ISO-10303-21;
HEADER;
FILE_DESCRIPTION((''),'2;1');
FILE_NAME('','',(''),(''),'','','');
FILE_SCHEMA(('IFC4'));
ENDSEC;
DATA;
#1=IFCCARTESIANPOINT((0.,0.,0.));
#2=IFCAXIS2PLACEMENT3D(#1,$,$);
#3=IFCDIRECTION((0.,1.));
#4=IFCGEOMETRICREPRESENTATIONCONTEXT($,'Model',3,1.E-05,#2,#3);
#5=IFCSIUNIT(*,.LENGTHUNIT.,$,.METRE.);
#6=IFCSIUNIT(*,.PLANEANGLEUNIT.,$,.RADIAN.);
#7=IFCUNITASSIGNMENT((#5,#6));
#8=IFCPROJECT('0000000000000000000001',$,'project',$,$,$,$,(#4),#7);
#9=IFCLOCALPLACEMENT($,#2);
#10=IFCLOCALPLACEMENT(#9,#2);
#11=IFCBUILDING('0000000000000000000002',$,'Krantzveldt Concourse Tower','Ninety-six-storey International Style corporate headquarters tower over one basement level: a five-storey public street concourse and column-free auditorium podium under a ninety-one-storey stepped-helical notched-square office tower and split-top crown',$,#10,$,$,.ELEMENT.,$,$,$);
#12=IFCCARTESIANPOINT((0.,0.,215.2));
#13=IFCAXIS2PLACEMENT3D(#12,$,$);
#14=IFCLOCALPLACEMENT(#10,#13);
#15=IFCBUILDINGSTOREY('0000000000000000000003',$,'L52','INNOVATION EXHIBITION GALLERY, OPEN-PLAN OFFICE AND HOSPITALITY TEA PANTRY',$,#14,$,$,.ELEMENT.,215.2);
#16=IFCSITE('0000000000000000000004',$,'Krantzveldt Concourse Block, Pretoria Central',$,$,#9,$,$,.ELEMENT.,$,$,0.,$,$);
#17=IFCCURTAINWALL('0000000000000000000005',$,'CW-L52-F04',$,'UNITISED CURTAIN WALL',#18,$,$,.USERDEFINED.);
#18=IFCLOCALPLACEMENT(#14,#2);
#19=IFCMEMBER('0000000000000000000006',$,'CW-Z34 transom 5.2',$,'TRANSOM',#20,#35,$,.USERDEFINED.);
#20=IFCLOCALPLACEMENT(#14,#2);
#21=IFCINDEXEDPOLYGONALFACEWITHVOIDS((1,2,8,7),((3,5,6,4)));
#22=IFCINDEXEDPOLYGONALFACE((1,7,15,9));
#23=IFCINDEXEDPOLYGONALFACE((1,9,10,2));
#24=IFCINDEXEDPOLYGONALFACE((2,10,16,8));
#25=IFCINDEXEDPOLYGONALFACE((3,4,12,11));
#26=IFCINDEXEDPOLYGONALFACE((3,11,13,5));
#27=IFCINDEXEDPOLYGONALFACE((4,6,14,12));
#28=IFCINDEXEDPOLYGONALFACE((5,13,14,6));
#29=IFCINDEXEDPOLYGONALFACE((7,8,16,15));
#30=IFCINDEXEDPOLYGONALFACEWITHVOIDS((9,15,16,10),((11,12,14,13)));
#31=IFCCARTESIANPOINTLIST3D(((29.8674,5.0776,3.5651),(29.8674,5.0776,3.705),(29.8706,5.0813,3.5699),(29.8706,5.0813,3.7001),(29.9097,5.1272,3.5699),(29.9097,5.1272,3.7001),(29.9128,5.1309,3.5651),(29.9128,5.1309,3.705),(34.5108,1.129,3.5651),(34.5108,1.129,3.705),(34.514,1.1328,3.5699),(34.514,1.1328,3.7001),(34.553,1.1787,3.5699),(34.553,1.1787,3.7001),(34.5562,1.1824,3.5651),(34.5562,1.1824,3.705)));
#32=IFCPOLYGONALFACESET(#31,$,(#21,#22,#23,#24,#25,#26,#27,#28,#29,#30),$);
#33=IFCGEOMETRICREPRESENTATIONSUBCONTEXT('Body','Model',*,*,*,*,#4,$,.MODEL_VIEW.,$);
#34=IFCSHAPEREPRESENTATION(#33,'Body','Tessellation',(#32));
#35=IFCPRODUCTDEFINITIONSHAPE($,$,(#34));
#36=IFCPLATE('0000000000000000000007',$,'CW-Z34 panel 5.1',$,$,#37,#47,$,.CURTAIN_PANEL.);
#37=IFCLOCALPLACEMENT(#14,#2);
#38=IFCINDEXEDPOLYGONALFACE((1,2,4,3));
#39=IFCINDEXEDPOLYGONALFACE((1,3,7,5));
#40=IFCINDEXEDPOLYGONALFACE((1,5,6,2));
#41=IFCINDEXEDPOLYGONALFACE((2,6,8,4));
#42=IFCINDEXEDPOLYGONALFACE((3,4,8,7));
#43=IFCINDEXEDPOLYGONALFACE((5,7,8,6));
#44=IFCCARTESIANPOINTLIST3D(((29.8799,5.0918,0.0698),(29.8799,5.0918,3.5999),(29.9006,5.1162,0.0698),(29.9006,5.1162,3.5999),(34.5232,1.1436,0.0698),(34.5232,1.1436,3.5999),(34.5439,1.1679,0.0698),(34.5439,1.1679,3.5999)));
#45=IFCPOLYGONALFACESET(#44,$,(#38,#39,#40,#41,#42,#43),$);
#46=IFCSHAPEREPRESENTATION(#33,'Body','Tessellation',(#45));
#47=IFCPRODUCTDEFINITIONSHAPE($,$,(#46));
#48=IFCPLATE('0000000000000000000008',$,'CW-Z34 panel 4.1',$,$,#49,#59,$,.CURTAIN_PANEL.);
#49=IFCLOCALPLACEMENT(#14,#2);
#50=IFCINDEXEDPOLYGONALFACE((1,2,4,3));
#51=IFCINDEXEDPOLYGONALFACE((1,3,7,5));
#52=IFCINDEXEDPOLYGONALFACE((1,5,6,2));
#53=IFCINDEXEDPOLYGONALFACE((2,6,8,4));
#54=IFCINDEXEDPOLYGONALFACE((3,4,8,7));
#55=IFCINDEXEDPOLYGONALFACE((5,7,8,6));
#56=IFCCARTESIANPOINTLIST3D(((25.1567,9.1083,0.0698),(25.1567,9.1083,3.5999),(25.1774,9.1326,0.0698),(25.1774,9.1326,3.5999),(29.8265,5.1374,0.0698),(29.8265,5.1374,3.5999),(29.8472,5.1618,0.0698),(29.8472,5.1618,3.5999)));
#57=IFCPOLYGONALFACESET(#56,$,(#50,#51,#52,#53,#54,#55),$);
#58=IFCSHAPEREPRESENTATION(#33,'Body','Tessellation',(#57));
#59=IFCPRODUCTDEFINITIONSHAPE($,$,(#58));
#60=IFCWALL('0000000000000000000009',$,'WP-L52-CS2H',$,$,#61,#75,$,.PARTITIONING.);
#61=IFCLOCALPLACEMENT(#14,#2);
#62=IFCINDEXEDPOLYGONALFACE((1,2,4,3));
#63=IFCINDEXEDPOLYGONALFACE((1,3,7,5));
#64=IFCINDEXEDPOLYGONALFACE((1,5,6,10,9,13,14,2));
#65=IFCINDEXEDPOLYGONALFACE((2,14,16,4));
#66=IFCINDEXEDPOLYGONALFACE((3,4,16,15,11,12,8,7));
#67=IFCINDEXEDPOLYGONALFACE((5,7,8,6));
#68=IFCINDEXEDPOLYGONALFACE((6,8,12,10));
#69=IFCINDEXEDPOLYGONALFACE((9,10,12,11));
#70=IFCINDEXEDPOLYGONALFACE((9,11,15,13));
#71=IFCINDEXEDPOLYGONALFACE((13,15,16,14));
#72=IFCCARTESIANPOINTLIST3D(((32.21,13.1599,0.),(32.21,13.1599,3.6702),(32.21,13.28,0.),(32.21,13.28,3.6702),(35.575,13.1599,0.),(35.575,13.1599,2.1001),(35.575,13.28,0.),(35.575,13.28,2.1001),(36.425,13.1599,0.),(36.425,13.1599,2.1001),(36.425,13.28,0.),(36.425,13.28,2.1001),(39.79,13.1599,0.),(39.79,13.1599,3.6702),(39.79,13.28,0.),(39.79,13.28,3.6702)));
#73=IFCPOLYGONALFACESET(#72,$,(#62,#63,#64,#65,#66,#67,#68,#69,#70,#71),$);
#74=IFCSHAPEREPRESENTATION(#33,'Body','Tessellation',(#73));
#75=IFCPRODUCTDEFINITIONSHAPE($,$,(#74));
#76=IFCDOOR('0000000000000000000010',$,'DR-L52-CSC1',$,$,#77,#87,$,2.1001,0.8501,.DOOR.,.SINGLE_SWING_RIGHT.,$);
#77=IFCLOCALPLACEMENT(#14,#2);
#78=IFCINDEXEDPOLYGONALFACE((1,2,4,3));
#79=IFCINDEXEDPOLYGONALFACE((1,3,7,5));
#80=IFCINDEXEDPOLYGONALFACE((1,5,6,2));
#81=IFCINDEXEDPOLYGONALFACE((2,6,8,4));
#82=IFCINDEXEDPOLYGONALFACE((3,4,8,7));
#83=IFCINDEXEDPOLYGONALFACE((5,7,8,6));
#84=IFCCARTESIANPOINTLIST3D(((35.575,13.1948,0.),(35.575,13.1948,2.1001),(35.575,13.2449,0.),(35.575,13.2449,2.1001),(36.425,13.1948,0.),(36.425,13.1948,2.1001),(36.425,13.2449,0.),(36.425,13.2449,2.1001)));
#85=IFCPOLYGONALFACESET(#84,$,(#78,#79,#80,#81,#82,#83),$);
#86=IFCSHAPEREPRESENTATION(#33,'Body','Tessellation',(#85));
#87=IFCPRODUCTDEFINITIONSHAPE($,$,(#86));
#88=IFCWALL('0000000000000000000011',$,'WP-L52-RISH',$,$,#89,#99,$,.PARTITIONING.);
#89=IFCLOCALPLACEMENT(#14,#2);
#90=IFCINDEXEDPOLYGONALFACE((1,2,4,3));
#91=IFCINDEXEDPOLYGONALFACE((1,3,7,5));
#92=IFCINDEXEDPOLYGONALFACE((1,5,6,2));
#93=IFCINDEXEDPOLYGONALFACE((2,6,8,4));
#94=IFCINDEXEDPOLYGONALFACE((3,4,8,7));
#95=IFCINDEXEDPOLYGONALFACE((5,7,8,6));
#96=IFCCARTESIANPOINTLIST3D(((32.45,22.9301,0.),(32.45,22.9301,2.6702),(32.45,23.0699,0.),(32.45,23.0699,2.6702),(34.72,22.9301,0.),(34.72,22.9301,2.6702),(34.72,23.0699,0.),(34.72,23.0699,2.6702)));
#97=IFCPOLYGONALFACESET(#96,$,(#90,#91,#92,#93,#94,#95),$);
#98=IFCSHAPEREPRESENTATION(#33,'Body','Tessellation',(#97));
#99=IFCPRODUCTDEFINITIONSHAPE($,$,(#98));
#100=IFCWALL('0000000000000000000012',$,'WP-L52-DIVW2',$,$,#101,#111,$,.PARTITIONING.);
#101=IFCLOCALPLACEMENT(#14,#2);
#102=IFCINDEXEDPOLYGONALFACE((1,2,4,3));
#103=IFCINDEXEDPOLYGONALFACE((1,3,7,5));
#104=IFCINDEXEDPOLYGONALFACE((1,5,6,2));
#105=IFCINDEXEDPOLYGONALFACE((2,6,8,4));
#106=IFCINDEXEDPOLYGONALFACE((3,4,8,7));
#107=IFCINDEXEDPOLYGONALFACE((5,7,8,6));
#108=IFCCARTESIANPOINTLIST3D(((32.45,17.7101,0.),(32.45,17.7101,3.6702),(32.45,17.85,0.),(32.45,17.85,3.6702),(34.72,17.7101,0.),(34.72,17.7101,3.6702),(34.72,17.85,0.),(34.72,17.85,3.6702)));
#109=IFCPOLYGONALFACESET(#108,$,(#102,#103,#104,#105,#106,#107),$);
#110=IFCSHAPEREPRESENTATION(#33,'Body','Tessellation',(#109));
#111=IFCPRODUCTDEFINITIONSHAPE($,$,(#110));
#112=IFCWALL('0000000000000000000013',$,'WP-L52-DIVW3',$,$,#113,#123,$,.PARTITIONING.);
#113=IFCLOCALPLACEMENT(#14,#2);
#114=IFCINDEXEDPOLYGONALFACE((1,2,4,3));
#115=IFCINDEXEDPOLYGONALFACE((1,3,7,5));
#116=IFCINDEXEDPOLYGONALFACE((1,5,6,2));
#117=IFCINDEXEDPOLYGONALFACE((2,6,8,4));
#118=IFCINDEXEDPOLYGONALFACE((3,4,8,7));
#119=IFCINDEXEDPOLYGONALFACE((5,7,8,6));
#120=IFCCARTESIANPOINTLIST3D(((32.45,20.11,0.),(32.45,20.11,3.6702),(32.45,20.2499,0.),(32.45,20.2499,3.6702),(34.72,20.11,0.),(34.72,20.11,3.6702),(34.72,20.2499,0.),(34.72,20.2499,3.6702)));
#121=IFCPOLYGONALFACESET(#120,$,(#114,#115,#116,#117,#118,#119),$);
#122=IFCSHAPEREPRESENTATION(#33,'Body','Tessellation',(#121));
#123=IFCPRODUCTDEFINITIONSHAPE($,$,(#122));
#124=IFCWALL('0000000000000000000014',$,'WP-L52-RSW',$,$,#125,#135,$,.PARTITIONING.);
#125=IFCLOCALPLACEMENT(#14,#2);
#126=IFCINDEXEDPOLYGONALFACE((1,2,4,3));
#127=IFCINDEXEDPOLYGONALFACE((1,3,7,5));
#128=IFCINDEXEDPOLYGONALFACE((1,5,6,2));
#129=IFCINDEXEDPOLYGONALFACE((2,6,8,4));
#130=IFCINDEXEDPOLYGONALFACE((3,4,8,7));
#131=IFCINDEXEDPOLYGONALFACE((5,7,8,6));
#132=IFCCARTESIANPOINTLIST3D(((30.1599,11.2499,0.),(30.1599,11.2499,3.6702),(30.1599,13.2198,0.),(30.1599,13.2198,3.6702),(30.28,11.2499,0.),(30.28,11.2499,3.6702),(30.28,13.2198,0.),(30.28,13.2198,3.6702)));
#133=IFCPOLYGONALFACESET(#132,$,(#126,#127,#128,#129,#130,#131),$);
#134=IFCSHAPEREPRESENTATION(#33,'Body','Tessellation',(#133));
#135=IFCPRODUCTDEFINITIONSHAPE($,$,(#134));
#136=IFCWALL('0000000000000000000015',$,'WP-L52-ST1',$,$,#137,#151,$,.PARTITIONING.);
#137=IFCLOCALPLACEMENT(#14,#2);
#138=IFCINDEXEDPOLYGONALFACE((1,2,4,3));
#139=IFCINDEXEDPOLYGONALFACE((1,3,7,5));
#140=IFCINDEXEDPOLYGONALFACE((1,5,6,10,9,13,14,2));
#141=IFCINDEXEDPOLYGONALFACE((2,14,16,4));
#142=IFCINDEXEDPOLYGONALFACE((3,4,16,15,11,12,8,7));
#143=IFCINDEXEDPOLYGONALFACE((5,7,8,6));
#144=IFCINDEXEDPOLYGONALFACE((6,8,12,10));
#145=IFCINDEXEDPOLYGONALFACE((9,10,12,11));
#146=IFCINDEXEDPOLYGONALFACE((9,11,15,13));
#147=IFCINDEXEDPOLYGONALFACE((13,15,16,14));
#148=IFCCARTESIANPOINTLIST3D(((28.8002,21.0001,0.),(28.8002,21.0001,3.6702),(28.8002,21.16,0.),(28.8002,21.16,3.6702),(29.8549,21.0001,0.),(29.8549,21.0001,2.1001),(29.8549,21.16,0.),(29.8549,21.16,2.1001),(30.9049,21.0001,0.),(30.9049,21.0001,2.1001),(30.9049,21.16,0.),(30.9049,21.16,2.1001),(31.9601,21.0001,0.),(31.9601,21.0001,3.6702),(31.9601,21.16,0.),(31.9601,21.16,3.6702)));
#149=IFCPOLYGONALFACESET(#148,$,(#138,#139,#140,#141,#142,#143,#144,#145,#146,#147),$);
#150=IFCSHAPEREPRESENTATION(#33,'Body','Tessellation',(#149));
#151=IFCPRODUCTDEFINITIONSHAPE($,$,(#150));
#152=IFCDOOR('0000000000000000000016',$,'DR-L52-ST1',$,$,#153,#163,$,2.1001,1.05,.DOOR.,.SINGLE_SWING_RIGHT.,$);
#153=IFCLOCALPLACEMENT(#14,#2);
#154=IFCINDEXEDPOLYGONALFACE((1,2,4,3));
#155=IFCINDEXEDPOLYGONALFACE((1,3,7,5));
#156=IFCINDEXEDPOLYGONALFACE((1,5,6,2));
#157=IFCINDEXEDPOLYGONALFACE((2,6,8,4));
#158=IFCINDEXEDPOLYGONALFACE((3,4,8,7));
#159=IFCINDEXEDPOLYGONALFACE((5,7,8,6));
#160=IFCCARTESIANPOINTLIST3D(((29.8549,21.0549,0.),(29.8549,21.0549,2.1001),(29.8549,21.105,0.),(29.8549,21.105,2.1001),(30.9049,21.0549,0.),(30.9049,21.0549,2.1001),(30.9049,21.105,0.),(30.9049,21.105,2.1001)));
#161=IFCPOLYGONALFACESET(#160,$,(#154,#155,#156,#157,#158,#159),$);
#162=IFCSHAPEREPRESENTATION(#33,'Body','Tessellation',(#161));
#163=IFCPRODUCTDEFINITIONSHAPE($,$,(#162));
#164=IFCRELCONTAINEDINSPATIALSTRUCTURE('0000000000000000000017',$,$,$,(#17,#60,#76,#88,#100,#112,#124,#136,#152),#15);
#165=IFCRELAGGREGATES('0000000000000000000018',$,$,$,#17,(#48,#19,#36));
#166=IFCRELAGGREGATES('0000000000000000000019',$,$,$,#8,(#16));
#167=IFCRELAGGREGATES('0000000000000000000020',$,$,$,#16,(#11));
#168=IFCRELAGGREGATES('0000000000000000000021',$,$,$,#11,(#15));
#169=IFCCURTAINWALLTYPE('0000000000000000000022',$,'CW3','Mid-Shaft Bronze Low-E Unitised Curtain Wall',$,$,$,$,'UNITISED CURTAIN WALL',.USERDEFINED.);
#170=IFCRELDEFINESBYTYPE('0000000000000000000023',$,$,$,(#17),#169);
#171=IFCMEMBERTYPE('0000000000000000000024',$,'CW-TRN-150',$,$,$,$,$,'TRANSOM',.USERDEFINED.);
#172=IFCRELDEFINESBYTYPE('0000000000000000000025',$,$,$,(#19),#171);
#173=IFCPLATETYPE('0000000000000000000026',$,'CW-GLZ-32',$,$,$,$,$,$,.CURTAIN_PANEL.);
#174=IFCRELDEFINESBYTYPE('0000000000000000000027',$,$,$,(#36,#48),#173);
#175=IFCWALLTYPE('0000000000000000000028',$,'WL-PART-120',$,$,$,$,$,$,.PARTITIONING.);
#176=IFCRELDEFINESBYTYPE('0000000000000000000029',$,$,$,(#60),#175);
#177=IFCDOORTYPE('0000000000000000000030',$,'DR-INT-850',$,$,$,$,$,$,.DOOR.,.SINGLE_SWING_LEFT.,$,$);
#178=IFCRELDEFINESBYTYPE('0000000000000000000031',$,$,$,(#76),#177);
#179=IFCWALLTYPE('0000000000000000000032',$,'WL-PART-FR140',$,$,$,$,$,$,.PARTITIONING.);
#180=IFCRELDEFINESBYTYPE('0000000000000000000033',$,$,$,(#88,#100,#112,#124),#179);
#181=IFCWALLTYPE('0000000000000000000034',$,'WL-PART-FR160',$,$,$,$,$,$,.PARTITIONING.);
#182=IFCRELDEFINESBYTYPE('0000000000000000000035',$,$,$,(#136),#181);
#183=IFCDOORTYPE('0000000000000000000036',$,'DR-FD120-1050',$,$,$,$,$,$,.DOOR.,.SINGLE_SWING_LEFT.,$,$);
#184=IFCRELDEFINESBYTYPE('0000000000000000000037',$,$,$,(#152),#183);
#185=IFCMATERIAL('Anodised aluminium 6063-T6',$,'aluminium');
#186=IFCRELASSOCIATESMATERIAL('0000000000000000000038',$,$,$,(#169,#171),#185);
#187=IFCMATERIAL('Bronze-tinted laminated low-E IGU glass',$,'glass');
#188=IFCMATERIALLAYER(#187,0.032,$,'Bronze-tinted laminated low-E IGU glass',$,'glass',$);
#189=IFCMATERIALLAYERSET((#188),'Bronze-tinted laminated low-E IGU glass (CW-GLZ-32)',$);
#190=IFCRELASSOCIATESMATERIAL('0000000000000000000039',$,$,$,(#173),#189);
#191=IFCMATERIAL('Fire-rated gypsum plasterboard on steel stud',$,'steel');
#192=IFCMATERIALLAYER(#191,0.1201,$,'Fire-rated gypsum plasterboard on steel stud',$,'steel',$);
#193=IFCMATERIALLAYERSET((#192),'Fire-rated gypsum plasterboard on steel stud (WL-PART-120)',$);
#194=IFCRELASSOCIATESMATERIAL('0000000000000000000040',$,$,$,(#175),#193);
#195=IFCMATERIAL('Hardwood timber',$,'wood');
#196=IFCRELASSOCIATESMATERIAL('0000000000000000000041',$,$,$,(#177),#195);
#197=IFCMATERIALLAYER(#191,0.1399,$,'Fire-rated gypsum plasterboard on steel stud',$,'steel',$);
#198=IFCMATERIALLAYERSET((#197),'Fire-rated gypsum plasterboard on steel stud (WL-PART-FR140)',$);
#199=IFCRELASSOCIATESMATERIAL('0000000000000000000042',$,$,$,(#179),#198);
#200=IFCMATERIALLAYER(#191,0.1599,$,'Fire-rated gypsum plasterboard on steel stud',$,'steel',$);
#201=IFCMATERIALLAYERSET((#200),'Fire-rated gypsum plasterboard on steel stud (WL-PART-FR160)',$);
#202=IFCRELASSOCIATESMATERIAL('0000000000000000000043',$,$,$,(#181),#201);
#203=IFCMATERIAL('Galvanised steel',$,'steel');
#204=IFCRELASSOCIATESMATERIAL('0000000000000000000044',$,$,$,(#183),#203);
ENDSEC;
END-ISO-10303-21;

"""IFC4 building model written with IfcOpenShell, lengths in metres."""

from ifc_helpers import new_model, si_unit, direction, frame, frame_2d, origin, origin_2d, place, context, subcontext, project, spatial, rectangle, hollow_rectangle, extrude, source, transform, mapped, material, layer, layer_set, material_profile, profile_set, type_object, type_shapes, element, fill, aggregate, save


model = new_model("IFC4")

# Units and contexts
model_context = context("Model", 3, precision=1e-05, world=origin(), true_north=direction((0.0, 1.0)))
body_context = subcontext(model_context, "Body", "Model", "MODEL_VIEW")
ifc_project = project(units=[si_unit("LENGTHUNIT", "METRE"), si_unit("PLANEANGLEUNIT", "RADIAN")], contexts=[model_context])

# Site, building, storey
site_placement = place(None, origin())
site = spatial("IfcSite", under=ifc_project, at=site_placement, Name="Krantzveldt Concourse Block, Pretoria Central", CompositionType="ELEMENT", RefElevation=0.0)
building_placement = place(site_placement, origin())
building = spatial("IfcBuilding", under=site, at=building_placement, Name="Krantzveldt Concourse Tower", Description="Ninety-six-storey International Style corporate headquarters tower over one basement level: a five-storey public street concourse and column-free auditorium podium under a ninety-one-storey stepped-helical notched-square office tower and split-top crown", CompositionType="ELEMENT")
storey_placement = place(building_placement, frame((0.0, 0.0, 215.2)))
storey = spatial("IfcBuildingStorey", under=building, at=storey_placement, Name="L52", Description="INNOVATION EXHIBITION GALLERY, OPEN-PLAN OFFICE AND HOSPITALITY TEA PANTRY", CompositionType="ELEMENT", Elevation=215.2)

# Curtain wall, member, plates
ifc_material_1 = material(Name="Anodised aluminium 6063-T6", Category="aluminium")
curtain_wall_type = type_object("IfcCurtainWallType", Name="CW3", Description="Mid-Shaft Bronze Low-E Unitised Curtain Wall", ElementType="UNITISED CURTAIN WALL", PredefinedType="USERDEFINED", material=ifc_material_1)
curtain_wall_placement = place(storey_placement, origin())
curtain_wall = element("IfcCurtainWall", 1, at=curtain_wall_placement, inside=storey, type_object=curtain_wall_type, Name="CW-L52-F04", ObjectType="UNITISED CURTAIN WALL", PredefinedType="USERDEFINED")
ifc_material_profile_1 = material_profile(ifc_material_1, hollow_rectangle(XDim=0.0701, YDim=0.1399, WallThickness=0.0049, at=origin_2d()), Name="Anodised aluminium 6063-T6", Category="aluminium")
ifc_profile_set_1 = profile_set([ifc_material_profile_1], Name="Anodised aluminium 6063-T6 - ALU-TRAN 140x70x5")
member_type_1 = type_object("IfcMemberType", Name="CW-TRN-150", ElementType="TRANSOM", PredefinedType="USERDEFINED", material=ifc_profile_set_1)
shared_shape_1 = source(origin(), body_context, "Body", "SweptSolid", [
    extrude(hollow_rectangle(XDim=0.0701, YDim=0.1399, WallThickness=0.0049, at=origin_2d()), origin(), (0.0, 0.0, 1.0), 6.0952),
])
type_shapes(member_type_1, [shared_shape_1])
member_1_placement = place(storey_placement, frame((29.8901, 5.1042, 3.635), z_axis=(0.761804, -0.647808, 0.0), x_axis=(0.647808, 0.761804, 0.0)))
member_1 = element("IfcMember", 2, at=member_1_placement, type_object=member_type_1, Name="CW-Z34 transom 5.2", ObjectType="TRANSOM", PredefinedType="USERDEFINED", context=body_context, shape_type="MappedRepresentation", body=[
    mapped(shared_shape_1, transform((0.0, 0.0, 0.0), x_axis=(1.0, 0.0, 0.0), y_axis=(0.0, 1.0, 0.0), z_axis=(0.0, 0.0, 1.0), scale=1.0)),
])
ifc_material_2 = material(Name="Bronze-tinted laminated low-E IGU glass", Category="glass")
ifc_layer_1 = layer(ifc_material_2, 0.032, Name="Bronze-tinted laminated low-E IGU glass", Category="glass")
ifc_layer_set_1 = layer_set([ifc_layer_1], Name="Bronze-tinted laminated low-E IGU glass (CW-GLZ-32)")
plate_type = type_object("IfcPlateType", Name="CW-GLZ-32", PredefinedType="CURTAIN_PANEL", material=ifc_layer_set_1)
shared_shape_2 = source(origin(), body_context, "Body", "SweptSolid", [
    extrude(rectangle(XDim=6.095, YDim=0.032, at=origin_2d()), origin(), (0.0, 0.0, 1.0), 3.53),
])
plate_1_placement = place(storey_placement, frame((32.2119, 3.1299, 0.0698), z_axis=(0.0, 0.0, 1.0), x_axis=(0.761821, -0.647788, 0.0)))
plate_1 = element("IfcPlate", 3, at=plate_1_placement, type_object=plate_type, Name="CW-Z34 panel 5.1", PredefinedType="CURTAIN_PANEL", context=body_context, shape_type="MappedRepresentation", body=[
    mapped(shared_shape_2, transform((0.0, 0.0, 0.0), x_axis=(1.0, 0.0, 0.0), y_axis=(0.0, 1.0, 0.0), z_axis=(0.0, 0.0, 1.0), scale=1.0)),
])
shared_shape_3 = source(origin(), body_context, "Body", "SweptSolid", [
    extrude(rectangle(XDim=6.1299, YDim=0.032, at=origin_2d()), origin(), (0.0, 0.0, 1.0), 3.53),
])
type_shapes(plate_type, [shared_shape_2, shared_shape_3])
plate_2_placement = place(storey_placement, frame((27.502, 7.135, 0.0698), z_axis=(0.0, 0.0, 1.0), x_axis=(0.761821, -0.647788, 0.0)))
plate_2 = element("IfcPlate", 4, at=plate_2_placement, type_object=plate_type, Name="CW-Z34 panel 4.1", PredefinedType="CURTAIN_PANEL", context=body_context, shape_type="MappedRepresentation", body=[
    mapped(shared_shape_3, transform((0.0, 0.0, 0.0), x_axis=(1.0, 0.0, 0.0), y_axis=(0.0, 1.0, 0.0), z_axis=(0.0, 0.0, 1.0), scale=1.0)),
])
aggregate(curtain_wall, [plate_2, member_1, plate_1])

# Wall, opening, door
ifc_material_3 = material(Name="Fire-rated gypsum plasterboard on steel stud", Category="steel")
ifc_layer_2 = layer(ifc_material_3, 0.1201, Name="Fire-rated gypsum plasterboard on steel stud", Category="steel")
ifc_layer_set_2 = layer_set([ifc_layer_2], Name="Fire-rated gypsum plasterboard on steel stud (WL-PART-120)")
wall_type_1 = type_object("IfcWallType", Name="WL-PART-120", PredefinedType="PARTITIONING", material=ifc_layer_set_2)
wall_1_placement = place(storey_placement, frame((32.21, 13.22, 0.0), z_axis=(0.0, 0.0, 1.0), x_axis=(1.0, 0.0, 0.0)))
wall_1 = element("IfcWall", 5, at=wall_1_placement, inside=storey, type_object=wall_type_1, Name="WP-L52-CS2H", PredefinedType="PARTITIONING", context=body_context, shape_type="SweptSolid", body=[
    extrude(rectangle(XDim=7.5801, YDim=0.1201, at=frame_2d((3.79, 0.0))), origin(), (0.0, 0.0, 1.0), 3.6702),
])
opening_1_placement = place(wall_1_placement, frame((3.365, 0.0, 0.0)))
opening_1 = element("IfcOpeningElement", 6, at=opening_1_placement, cuts=wall_1, PredefinedType="OPENING", context=body_context, shape_type="SweptSolid", body=[
    extrude(rectangle(XDim=0.8501, YDim=2.1001, at=frame_2d((0.425, 1.05))), frame((0.0, 0.0701, 0.0), z_axis=(0.0, -1.0, 0.0), x_axis=(1.0, 0.0, 0.0)), (0.0, 0.0, 1.0), 0.1401),
])
ifc_material_4 = material(Name="Hardwood timber", Category="wood")
door_type_1 = type_object("IfcDoorType", Name="DR-INT-850", OperationType="SINGLE_SWING_LEFT", PredefinedType="DOOR", material=ifc_material_4)
door_1_placement = place(opening_1_placement, origin())
door_1 = element("IfcDoor", 7, at=door_1_placement, inside=storey, type_object=door_type_1, Name="DR-L52-CSC1", OperationType="SINGLE_SWING_RIGHT", OverallHeight=2.1001, OverallWidth=0.8501, PredefinedType="DOOR", context=body_context, shape_type="SweptSolid", body=[
    extrude(rectangle(XDim=0.8501, YDim=2.1001, at=frame_2d((0.425, 1.05))), frame((0.0, 0.0249, 0.0), z_axis=(0.0, -1.0, 0.0), x_axis=(1.0, 0.0, 0.0)), (0.0, 0.0, 1.0), 0.05),
])
fill(opening_1, door_1)

# Walls
ifc_layer_3 = layer(ifc_material_3, 0.1399, Name="Fire-rated gypsum plasterboard on steel stud", Category="steel")
ifc_layer_set_3 = layer_set([ifc_layer_3], Name="Fire-rated gypsum plasterboard on steel stud (WL-PART-FR140)")
wall_type_2 = type_object("IfcWallType", Name="WL-PART-FR140", PredefinedType="PARTITIONING", material=ifc_layer_set_3)
wall_2_placement = place(storey_placement, frame((32.45, 23.0, 0.0), z_axis=(0.0, 0.0, 1.0), x_axis=(1.0, 0.0, 0.0)))
element("IfcWall", 8, at=wall_2_placement, inside=storey, type_object=wall_type_2, Name="WP-L52-RISH", PredefinedType="PARTITIONING", context=body_context, shape_type="SweptSolid", body=[
    extrude(rectangle(XDim=2.27, YDim=0.1399, at=frame_2d((1.135, 0.0))), origin(), (0.0, 0.0, 1.0), 2.6702),
])
for number, where, z_axis, x_axis, name in (
    (9, (32.45, 17.78, 0.0), (0.0, 0.0, 1.0), (1.0, 0.0, 0.0), "WP-L52-DIVW2"),
    (10, (32.45, 20.1799, 0.0), (0.0, 0.0, 1.0), (1.0, 0.0, 0.0), "WP-L52-DIVW3"),
):
    element("IfcWall", number, at=place(storey_placement, frame(where, z_axis=z_axis, x_axis=x_axis)), inside=storey, type_object=wall_type_2, Name=name, PredefinedType="PARTITIONING", context=body_context, shape_type="SweptSolid", body=[
        extrude(rectangle(XDim=2.27, YDim=0.1399, at=frame_2d((1.135, 0.0))), origin(), (0.0, 0.0, 1.0), 3.6702),
    ])
wall_3_placement = place(storey_placement, frame((30.22, 11.25, 0.0), z_axis=(0.0, 0.0, 1.0), x_axis=(0.0, 1.0, 0.0)))
element("IfcWall", 11, at=wall_3_placement, inside=storey, type_object=wall_type_2, Name="WP-L52-RSW", PredefinedType="PARTITIONING", context=body_context, shape_type="SweptSolid", body=[
    extrude(rectangle(XDim=1.97, YDim=0.1201, at=frame_2d((0.9849, 0.0))), origin(), (0.0, 0.0, 1.0), 3.6702),
])

# Wall, opening, door
ifc_layer_4 = layer(ifc_material_3, 0.1599, Name="Fire-rated gypsum plasterboard on steel stud", Category="steel")
ifc_layer_set_4 = layer_set([ifc_layer_4], Name="Fire-rated gypsum plasterboard on steel stud (WL-PART-FR160)")
wall_type_3 = type_object("IfcWallType", Name="WL-PART-FR160", PredefinedType="PARTITIONING", material=ifc_layer_set_4)
wall_4_placement = place(storey_placement, frame((28.8, 21.0801, 0.0), z_axis=(0.0, 0.0, 1.0), x_axis=(1.0, 0.0, 0.0)))
wall_4 = element("IfcWall", 12, at=wall_4_placement, inside=storey, type_object=wall_type_3, Name="WP-L52-ST1", PredefinedType="PARTITIONING", context=body_context, shape_type="SweptSolid", body=[
    extrude(rectangle(XDim=3.1599, YDim=0.1599, at=frame_2d((1.5801, 0.0))), origin(), (0.0, 0.0, 1.0), 3.6702),
])
opening_2_placement = place(wall_4_placement, frame((1.0549, 0.0, 0.0)))
opening_2 = element("IfcOpeningElement", 13, at=opening_2_placement, cuts=wall_4, PredefinedType="OPENING", context=body_context, shape_type="SweptSolid", body=[
    extrude(rectangle(XDim=1.05, YDim=2.1001, at=frame_2d((0.5249, 1.05))), frame((0.0, 0.0898, 0.0), z_axis=(0.0, -1.0, 0.0), x_axis=(1.0, 0.0, 0.0)), (0.0, 0.0, 1.0), 0.1799),
])
ifc_material_5 = material(Name="Galvanised steel", Category="steel")
door_type_2 = type_object("IfcDoorType", Name="DR-FD120-1050", OperationType="SINGLE_SWING_LEFT", PredefinedType="DOOR", material=ifc_material_5)
door_2_placement = place(opening_2_placement, origin())
door_2 = element("IfcDoor", 14, at=door_2_placement, inside=storey, type_object=door_type_2, Name="DR-L52-ST1", OperationType="SINGLE_SWING_RIGHT", OverallHeight=2.1001, OverallWidth=1.05, PredefinedType="DOOR", context=body_context, shape_type="SweptSolid", body=[
    extrude(rectangle(XDim=1.05, YDim=2.1001, at=frame_2d((0.5249, 1.05))), frame((0.0, 0.0249, 0.0), z_axis=(0.0, -1.0, 0.0), x_axis=(1.0, 0.0, 0.0)), (0.0, 0.0, 1.0), 0.05),
])
fill(opening_2, door_2)

save(model, "model.ifc")
